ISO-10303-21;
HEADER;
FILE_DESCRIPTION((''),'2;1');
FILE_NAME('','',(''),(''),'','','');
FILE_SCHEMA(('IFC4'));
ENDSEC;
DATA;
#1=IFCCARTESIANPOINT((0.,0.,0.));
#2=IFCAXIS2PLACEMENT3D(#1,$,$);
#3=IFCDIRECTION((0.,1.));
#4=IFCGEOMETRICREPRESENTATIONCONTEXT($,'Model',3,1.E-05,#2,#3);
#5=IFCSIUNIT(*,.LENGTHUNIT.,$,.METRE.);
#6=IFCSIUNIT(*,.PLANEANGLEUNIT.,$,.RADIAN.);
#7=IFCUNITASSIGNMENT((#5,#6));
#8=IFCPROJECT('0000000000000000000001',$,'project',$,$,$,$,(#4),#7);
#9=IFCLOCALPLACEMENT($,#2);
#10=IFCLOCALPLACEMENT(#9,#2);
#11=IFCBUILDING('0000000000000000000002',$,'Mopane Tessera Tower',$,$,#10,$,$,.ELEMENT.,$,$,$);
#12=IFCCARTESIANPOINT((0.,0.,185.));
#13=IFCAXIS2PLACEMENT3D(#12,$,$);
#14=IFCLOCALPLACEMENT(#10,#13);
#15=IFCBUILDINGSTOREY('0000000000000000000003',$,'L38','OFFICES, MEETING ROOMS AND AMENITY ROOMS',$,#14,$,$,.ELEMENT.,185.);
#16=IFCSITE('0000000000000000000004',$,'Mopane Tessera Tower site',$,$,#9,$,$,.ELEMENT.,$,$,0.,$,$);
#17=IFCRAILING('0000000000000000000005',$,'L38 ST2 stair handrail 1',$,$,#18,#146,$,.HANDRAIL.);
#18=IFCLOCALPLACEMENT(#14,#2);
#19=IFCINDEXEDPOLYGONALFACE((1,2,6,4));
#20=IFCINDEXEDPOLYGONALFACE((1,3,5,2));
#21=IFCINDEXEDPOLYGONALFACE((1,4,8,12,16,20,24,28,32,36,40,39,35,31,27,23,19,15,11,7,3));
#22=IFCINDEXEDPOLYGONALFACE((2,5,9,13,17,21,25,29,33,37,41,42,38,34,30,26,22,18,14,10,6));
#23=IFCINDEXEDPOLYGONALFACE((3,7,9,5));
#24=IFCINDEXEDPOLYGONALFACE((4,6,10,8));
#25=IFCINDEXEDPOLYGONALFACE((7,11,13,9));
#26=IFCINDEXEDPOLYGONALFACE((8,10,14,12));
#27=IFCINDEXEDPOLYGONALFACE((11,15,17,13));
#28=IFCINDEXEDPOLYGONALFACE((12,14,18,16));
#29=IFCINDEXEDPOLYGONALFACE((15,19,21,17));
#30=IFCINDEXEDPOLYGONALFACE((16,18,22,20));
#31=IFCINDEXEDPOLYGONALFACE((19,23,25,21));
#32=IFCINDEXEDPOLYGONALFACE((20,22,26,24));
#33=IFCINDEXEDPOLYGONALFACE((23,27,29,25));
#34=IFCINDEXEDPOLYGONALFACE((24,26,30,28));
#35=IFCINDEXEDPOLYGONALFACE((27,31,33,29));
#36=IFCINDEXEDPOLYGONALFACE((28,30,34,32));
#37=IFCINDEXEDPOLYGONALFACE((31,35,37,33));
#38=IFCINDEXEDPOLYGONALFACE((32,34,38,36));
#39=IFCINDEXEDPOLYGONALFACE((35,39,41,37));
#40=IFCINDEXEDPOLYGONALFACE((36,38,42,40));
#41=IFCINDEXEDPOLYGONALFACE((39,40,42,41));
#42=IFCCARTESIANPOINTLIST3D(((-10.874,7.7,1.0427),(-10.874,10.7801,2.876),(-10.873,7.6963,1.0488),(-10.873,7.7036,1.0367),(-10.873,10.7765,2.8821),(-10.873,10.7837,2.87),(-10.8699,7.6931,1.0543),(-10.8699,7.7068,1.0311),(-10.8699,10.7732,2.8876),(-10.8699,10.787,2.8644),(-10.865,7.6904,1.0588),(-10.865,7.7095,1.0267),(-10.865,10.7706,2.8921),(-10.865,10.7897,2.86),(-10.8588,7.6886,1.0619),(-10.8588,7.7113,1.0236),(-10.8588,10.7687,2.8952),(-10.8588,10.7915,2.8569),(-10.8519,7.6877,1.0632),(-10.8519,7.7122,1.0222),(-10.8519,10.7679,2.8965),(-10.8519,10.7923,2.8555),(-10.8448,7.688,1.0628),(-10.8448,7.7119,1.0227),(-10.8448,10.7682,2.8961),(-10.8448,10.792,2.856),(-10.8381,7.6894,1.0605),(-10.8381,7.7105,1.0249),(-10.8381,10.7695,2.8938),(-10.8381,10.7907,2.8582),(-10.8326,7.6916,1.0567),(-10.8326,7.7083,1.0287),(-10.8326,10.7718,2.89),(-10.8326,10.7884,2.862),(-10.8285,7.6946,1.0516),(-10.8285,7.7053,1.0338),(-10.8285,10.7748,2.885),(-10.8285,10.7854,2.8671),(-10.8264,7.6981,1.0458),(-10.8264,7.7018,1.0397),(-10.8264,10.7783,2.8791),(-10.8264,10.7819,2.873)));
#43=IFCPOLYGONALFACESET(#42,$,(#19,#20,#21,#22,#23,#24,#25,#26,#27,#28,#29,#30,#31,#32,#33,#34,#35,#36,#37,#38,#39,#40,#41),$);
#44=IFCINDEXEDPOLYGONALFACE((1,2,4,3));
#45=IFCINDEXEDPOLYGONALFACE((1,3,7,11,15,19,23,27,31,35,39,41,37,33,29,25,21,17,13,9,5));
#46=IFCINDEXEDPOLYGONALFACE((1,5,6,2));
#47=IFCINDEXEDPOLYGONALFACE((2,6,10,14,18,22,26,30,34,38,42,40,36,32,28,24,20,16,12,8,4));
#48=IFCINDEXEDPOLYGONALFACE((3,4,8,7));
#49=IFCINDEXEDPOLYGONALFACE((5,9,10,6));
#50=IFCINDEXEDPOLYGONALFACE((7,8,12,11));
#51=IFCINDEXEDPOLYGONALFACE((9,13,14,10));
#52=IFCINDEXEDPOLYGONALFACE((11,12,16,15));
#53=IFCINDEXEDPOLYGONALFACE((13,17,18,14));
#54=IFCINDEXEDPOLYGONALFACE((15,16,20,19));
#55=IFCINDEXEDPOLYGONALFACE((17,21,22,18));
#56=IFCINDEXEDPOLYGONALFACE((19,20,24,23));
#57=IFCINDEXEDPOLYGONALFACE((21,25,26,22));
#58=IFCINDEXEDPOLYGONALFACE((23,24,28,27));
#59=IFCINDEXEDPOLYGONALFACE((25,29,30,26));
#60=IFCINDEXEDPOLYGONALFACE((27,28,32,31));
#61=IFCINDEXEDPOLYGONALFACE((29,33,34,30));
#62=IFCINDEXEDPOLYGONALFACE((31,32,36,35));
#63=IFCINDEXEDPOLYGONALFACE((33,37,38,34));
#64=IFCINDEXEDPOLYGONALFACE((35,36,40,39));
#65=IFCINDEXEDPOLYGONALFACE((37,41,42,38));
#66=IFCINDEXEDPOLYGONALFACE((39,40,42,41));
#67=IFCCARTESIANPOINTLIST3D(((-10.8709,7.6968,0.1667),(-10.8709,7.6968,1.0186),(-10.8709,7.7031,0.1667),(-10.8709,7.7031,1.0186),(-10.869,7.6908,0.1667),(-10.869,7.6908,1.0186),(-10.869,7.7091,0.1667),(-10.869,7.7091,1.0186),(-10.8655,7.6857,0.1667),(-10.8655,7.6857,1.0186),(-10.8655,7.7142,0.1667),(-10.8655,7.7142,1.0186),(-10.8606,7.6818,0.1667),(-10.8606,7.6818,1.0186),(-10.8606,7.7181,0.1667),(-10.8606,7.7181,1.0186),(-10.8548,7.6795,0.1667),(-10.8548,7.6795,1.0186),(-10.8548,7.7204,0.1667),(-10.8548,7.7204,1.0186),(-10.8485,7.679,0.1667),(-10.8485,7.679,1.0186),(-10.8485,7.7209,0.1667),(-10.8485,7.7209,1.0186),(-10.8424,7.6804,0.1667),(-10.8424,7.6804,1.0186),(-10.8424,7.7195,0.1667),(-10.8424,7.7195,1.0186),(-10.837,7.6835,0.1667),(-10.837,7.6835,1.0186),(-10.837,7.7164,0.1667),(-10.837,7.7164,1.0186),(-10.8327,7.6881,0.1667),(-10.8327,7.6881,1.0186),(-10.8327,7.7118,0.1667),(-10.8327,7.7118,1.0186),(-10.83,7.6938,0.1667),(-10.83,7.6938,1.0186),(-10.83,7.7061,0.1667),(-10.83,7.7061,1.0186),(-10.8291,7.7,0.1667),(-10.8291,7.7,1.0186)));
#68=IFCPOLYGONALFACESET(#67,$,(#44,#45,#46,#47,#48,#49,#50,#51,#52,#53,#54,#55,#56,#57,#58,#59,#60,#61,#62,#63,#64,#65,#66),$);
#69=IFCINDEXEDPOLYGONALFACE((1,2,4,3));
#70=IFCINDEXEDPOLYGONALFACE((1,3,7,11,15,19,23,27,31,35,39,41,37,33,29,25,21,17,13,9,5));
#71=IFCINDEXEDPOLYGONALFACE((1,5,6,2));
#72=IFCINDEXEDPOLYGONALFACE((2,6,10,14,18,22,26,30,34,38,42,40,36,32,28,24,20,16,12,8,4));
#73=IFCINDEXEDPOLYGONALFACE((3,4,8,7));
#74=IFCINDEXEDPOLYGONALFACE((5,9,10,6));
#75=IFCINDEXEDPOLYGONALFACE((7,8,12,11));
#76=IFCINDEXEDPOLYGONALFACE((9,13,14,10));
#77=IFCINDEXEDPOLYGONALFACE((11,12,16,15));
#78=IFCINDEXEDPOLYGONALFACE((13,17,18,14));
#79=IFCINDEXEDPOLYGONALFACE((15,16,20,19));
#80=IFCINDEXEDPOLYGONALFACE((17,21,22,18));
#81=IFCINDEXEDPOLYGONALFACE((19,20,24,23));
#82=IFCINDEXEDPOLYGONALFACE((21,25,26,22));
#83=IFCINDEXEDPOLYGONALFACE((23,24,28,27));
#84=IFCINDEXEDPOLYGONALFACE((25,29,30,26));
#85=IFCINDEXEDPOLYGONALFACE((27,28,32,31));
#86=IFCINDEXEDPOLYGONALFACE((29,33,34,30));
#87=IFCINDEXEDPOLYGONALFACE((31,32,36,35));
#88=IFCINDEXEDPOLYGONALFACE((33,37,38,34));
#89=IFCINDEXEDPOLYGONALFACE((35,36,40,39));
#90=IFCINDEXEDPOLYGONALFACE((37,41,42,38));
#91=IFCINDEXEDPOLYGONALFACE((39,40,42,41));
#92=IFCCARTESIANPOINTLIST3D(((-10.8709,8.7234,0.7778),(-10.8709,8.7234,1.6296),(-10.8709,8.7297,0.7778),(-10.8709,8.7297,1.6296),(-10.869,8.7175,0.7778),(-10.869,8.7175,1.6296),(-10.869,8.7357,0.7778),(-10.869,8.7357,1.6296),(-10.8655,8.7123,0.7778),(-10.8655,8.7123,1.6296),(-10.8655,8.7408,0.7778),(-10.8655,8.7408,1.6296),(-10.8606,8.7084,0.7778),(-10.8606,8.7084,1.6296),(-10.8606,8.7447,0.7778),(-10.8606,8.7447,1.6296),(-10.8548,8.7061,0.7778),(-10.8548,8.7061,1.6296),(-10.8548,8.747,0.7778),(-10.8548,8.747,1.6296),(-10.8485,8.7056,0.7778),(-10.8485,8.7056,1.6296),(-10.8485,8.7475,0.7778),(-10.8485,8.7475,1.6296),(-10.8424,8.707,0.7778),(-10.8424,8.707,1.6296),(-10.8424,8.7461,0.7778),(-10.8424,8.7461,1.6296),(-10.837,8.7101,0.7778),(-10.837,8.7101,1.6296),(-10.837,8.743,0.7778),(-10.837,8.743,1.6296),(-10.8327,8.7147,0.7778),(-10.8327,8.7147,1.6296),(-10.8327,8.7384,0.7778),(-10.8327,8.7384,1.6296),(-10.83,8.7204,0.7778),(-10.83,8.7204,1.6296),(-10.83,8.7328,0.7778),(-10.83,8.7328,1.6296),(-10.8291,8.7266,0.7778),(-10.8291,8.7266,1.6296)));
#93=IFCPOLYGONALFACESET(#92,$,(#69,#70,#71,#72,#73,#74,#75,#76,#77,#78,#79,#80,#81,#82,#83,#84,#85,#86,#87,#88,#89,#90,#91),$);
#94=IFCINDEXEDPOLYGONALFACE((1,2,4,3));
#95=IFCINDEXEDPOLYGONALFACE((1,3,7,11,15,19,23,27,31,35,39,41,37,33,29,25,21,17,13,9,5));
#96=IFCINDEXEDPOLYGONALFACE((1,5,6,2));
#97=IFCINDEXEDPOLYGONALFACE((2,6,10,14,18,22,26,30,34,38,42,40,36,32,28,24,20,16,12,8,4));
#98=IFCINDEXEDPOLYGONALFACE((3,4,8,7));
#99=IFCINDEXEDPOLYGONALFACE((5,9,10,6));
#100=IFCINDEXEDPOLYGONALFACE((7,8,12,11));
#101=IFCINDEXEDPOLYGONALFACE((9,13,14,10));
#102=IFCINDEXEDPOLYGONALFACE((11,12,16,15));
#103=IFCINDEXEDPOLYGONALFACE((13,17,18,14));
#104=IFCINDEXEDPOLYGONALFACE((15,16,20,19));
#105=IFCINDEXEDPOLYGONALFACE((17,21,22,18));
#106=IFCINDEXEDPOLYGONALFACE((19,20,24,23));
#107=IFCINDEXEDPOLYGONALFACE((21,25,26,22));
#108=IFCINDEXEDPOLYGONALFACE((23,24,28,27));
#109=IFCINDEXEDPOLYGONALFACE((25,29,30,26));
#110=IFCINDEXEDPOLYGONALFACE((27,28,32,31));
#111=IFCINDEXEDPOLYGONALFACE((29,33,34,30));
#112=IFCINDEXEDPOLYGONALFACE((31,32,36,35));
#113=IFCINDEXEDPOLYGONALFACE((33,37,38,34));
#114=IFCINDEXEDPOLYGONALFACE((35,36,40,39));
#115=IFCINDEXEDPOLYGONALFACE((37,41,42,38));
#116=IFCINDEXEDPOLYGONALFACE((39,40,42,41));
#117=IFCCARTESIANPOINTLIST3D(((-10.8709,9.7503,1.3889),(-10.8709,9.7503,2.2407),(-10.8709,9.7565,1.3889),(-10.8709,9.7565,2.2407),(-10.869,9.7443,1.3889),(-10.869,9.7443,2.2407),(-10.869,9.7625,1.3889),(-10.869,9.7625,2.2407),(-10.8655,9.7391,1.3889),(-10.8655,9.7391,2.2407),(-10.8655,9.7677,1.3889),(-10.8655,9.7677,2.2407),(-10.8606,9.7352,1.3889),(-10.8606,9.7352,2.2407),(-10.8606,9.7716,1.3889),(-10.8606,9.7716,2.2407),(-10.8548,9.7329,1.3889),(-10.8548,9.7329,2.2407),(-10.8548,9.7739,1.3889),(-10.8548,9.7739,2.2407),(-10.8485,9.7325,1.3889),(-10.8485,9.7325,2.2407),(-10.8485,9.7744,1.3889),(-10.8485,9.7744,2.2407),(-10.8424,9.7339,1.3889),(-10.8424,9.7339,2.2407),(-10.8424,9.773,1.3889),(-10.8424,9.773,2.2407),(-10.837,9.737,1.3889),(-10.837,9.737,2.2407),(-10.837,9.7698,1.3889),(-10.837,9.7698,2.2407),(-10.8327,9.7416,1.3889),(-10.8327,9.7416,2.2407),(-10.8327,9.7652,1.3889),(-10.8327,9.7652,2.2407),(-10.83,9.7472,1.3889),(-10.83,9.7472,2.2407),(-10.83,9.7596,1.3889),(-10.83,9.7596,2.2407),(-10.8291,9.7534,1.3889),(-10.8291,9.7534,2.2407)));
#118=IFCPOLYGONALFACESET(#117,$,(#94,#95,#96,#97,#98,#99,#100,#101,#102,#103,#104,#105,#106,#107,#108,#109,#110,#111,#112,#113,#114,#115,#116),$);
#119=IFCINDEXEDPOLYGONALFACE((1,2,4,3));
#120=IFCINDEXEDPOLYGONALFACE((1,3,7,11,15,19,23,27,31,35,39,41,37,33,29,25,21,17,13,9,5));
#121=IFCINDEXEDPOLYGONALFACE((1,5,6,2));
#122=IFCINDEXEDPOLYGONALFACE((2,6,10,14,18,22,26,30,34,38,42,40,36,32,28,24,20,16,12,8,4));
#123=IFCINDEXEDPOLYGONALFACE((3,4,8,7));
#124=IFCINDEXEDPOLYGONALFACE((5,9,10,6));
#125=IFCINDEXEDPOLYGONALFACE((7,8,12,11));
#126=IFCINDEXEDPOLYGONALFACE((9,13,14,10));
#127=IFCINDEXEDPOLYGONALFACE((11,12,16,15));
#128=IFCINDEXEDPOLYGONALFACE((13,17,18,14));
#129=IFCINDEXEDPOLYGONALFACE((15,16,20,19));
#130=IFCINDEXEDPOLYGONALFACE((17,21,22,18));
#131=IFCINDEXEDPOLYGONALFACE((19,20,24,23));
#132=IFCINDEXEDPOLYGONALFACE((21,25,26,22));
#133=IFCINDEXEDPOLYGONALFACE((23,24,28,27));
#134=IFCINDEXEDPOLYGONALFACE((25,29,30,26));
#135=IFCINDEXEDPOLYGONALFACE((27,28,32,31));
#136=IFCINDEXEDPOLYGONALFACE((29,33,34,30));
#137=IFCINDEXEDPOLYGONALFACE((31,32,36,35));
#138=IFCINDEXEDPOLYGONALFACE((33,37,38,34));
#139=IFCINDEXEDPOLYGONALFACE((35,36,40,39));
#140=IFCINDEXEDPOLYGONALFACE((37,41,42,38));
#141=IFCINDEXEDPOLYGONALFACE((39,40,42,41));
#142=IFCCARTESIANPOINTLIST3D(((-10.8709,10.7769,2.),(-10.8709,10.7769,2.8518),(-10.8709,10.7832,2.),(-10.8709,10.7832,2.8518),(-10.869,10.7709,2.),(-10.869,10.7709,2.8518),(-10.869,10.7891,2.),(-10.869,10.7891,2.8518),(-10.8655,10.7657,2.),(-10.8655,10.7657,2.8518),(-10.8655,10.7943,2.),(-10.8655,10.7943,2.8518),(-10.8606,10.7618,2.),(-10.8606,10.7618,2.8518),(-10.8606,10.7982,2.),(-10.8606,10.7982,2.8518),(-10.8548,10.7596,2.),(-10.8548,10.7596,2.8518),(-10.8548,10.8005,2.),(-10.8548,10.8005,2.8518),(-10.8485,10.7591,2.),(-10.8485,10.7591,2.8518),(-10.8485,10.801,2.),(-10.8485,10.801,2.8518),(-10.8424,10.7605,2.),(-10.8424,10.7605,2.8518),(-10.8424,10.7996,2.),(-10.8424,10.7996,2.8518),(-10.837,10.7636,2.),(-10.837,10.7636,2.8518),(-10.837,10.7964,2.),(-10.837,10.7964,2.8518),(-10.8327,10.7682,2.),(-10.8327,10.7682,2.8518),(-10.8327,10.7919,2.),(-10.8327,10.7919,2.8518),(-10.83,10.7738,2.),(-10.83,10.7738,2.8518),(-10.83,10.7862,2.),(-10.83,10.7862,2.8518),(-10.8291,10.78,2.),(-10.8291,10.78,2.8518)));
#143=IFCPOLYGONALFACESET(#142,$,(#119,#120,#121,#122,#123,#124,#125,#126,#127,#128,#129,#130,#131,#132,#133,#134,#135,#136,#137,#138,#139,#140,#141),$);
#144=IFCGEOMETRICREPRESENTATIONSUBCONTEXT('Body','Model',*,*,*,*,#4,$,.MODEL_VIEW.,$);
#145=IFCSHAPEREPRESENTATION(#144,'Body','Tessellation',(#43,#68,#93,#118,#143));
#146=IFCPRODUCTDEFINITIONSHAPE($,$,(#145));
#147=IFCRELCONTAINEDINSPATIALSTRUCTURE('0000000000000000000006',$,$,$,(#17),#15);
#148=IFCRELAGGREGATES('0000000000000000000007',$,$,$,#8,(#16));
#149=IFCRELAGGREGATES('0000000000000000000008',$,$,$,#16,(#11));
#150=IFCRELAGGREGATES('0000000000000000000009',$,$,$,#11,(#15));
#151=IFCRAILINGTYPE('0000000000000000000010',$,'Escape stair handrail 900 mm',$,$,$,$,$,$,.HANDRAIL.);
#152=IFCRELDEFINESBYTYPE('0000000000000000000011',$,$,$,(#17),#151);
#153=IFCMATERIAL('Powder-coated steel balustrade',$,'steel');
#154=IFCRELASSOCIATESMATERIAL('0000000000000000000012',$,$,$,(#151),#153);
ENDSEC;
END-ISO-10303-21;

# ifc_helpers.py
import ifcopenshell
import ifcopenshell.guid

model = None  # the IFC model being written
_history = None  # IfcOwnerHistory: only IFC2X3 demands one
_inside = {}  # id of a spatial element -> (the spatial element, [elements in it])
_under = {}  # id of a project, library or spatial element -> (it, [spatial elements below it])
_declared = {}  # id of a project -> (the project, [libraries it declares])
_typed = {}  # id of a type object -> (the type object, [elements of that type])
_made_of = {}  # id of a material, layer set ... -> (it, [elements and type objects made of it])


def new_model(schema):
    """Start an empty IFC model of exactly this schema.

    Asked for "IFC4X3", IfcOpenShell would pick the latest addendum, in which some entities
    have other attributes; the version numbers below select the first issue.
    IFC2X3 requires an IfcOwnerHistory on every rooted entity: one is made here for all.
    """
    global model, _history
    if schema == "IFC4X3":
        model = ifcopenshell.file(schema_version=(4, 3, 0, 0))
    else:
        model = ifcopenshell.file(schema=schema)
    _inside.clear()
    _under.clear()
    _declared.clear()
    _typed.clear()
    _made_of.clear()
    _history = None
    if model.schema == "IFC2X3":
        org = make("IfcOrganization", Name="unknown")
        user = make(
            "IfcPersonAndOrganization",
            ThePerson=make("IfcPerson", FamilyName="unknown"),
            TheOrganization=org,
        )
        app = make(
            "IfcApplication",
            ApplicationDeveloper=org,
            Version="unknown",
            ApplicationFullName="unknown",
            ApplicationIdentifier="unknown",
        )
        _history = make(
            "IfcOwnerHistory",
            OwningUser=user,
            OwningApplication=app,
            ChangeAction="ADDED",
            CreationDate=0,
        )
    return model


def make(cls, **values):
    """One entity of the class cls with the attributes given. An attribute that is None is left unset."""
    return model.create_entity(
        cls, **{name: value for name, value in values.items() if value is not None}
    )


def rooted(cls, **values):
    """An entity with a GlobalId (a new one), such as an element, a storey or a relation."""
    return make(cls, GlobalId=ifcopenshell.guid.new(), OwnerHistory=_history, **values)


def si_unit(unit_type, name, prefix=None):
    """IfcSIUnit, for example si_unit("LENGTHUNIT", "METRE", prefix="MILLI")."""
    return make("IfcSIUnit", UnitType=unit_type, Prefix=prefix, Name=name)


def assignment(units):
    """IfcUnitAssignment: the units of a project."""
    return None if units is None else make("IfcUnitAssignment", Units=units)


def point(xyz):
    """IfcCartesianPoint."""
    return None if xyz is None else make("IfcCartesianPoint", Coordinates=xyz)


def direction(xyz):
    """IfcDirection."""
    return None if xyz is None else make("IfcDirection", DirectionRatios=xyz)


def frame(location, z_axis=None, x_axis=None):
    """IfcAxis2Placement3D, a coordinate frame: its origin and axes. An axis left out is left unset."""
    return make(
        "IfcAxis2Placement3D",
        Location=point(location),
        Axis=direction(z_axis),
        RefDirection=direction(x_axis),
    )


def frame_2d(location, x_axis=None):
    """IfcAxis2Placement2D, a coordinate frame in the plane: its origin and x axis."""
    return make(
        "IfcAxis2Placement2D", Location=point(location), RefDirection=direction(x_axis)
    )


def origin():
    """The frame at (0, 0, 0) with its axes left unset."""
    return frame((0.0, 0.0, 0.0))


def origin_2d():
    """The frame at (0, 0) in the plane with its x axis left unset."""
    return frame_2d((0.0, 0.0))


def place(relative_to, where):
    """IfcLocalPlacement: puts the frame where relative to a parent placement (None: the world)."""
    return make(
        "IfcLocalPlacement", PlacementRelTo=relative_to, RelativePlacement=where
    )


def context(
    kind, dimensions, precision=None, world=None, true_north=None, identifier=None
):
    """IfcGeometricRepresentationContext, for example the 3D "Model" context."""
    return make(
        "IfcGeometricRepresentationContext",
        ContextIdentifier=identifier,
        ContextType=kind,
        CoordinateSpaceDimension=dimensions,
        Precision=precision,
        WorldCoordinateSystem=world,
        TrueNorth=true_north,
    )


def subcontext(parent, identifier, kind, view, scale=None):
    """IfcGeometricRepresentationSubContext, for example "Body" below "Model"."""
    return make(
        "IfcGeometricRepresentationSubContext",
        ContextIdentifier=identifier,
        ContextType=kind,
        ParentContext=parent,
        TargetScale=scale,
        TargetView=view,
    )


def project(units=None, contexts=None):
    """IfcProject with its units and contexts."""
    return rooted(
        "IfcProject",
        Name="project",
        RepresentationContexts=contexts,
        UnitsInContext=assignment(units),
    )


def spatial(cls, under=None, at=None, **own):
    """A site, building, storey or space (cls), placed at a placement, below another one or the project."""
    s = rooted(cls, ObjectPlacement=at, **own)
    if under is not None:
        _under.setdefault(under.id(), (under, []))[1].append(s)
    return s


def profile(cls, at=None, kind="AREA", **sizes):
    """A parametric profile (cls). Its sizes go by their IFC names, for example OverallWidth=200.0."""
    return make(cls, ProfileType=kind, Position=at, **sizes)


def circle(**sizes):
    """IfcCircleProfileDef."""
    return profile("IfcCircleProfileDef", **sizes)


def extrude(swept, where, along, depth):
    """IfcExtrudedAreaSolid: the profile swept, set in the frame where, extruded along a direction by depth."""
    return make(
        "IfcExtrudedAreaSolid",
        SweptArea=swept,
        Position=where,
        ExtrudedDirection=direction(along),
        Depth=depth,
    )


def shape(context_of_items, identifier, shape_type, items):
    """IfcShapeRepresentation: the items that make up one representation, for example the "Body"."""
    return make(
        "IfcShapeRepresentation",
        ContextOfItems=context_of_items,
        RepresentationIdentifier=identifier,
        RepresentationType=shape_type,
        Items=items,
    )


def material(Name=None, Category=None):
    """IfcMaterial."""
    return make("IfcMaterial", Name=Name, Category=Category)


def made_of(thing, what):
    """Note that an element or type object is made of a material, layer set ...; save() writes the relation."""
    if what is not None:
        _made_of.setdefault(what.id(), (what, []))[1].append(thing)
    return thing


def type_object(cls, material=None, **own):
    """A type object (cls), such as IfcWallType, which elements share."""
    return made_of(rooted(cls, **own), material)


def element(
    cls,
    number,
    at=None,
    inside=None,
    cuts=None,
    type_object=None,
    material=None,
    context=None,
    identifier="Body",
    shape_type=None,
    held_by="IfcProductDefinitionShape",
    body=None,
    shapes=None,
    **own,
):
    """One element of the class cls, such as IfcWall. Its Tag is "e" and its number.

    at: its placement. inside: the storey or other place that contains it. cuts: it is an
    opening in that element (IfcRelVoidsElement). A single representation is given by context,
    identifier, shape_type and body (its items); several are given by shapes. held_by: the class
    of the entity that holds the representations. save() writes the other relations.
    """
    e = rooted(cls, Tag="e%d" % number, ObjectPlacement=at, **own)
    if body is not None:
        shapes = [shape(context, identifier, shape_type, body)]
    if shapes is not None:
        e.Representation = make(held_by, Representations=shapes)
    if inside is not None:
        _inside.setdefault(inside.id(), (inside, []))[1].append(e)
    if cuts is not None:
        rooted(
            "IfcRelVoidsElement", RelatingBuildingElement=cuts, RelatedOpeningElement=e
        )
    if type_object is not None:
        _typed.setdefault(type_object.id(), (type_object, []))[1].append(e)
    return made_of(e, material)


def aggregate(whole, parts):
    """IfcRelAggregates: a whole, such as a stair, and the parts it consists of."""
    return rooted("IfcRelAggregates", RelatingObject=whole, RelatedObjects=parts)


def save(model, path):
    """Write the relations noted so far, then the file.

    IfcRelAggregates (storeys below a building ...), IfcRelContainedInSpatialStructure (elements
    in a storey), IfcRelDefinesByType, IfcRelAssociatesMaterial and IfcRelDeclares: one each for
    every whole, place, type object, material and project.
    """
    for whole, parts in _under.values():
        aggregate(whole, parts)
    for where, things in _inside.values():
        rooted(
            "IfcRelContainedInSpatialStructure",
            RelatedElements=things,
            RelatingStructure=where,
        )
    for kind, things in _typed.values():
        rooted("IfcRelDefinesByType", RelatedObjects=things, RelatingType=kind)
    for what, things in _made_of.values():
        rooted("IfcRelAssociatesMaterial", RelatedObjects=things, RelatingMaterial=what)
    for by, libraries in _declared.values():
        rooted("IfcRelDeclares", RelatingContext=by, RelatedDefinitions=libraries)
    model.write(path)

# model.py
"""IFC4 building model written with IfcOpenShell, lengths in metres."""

from ifc_helpers import new_model, si_unit, direction, frame, origin, origin_2d, place, context, subcontext, project, spatial, circle, extrude, material, type_object, element, save


model = new_model("IFC4")

# Units and contexts
model_context = context("Model", 3, precision=1e-05, world=origin(), true_north=direction((0.0, 1.0)))
body_context = subcontext(model_context, "Body", "Model", "MODEL_VIEW")
ifc_project = project(units=[si_unit("LENGTHUNIT", "METRE"), si_unit("PLANEANGLEUNIT", "RADIAN")], contexts=[model_context])

# Site, building, storey
site_placement = place(None, origin())
site = spatial("IfcSite", under=ifc_project, at=site_placement, Name="Mopane Tessera Tower site", CompositionType="ELEMENT", RefElevation=0.0)
building_placement = place(site_placement, origin())
building = spatial("IfcBuilding", under=site, at=building_placement, Name="Mopane Tessera Tower", CompositionType="ELEMENT")
storey_placement = place(building_placement, frame((0.0, 0.0, 185.0)))
storey = spatial("IfcBuildingStorey", under=building, at=storey_placement, Name="L38", Description="OFFICES, MEETING ROOMS AND AMENITY ROOMS", CompositionType="ELEMENT", Elevation=185.0)

# Railing
ifc_material_1 = material(Name="Powder-coated steel balustrade", Category="steel")
railing_type_1 = type_object("IfcRailingType", Name="Escape stair handrail 900 mm", PredefinedType="HANDRAIL", material=ifc_material_1)
railing_1_placement = place(storey_placement, frame((-10.8501, 7.7, 0.1667)))
element("IfcRailing", 1, at=railing_1_placement, inside=storey, type_object=railing_type_1, Name="L38 ST2 stair handrail 1", PredefinedType="HANDRAIL", context=body_context, shape_type="SweptSolid", body=[
    extrude(circle(Radius=0.0239, at=origin_2d()), frame((0.0, 0.0, 0.876), z_axis=(0.0, 0.859309, 0.511458), x_axis=(-1.0, 0.0, 0.0)), (0.0, 0.0, 1.0), 3.5845),
    extrude(circle(Radius=0.021, at=origin_2d()), origin(), (0.0, 0.0, 1.0), 0.8518),
    extrude(circle(Radius=0.021, at=origin_2d()), frame((0.0, 1.0266, 0.6111)), (0.0, 0.0, 1.0), 0.8518),
    extrude(circle(Radius=0.021, at=origin_2d()), frame((0.0, 2.0535, 1.2222)), (0.0, 0.0, 1.0), 0.8518),
    extrude(circle(Radius=0.021, at=origin_2d()), frame((0.0, 3.0801, 1.8333)), (0.0, 0.0, 1.0), 0.8518),
])

save(model, "model.ifc")
